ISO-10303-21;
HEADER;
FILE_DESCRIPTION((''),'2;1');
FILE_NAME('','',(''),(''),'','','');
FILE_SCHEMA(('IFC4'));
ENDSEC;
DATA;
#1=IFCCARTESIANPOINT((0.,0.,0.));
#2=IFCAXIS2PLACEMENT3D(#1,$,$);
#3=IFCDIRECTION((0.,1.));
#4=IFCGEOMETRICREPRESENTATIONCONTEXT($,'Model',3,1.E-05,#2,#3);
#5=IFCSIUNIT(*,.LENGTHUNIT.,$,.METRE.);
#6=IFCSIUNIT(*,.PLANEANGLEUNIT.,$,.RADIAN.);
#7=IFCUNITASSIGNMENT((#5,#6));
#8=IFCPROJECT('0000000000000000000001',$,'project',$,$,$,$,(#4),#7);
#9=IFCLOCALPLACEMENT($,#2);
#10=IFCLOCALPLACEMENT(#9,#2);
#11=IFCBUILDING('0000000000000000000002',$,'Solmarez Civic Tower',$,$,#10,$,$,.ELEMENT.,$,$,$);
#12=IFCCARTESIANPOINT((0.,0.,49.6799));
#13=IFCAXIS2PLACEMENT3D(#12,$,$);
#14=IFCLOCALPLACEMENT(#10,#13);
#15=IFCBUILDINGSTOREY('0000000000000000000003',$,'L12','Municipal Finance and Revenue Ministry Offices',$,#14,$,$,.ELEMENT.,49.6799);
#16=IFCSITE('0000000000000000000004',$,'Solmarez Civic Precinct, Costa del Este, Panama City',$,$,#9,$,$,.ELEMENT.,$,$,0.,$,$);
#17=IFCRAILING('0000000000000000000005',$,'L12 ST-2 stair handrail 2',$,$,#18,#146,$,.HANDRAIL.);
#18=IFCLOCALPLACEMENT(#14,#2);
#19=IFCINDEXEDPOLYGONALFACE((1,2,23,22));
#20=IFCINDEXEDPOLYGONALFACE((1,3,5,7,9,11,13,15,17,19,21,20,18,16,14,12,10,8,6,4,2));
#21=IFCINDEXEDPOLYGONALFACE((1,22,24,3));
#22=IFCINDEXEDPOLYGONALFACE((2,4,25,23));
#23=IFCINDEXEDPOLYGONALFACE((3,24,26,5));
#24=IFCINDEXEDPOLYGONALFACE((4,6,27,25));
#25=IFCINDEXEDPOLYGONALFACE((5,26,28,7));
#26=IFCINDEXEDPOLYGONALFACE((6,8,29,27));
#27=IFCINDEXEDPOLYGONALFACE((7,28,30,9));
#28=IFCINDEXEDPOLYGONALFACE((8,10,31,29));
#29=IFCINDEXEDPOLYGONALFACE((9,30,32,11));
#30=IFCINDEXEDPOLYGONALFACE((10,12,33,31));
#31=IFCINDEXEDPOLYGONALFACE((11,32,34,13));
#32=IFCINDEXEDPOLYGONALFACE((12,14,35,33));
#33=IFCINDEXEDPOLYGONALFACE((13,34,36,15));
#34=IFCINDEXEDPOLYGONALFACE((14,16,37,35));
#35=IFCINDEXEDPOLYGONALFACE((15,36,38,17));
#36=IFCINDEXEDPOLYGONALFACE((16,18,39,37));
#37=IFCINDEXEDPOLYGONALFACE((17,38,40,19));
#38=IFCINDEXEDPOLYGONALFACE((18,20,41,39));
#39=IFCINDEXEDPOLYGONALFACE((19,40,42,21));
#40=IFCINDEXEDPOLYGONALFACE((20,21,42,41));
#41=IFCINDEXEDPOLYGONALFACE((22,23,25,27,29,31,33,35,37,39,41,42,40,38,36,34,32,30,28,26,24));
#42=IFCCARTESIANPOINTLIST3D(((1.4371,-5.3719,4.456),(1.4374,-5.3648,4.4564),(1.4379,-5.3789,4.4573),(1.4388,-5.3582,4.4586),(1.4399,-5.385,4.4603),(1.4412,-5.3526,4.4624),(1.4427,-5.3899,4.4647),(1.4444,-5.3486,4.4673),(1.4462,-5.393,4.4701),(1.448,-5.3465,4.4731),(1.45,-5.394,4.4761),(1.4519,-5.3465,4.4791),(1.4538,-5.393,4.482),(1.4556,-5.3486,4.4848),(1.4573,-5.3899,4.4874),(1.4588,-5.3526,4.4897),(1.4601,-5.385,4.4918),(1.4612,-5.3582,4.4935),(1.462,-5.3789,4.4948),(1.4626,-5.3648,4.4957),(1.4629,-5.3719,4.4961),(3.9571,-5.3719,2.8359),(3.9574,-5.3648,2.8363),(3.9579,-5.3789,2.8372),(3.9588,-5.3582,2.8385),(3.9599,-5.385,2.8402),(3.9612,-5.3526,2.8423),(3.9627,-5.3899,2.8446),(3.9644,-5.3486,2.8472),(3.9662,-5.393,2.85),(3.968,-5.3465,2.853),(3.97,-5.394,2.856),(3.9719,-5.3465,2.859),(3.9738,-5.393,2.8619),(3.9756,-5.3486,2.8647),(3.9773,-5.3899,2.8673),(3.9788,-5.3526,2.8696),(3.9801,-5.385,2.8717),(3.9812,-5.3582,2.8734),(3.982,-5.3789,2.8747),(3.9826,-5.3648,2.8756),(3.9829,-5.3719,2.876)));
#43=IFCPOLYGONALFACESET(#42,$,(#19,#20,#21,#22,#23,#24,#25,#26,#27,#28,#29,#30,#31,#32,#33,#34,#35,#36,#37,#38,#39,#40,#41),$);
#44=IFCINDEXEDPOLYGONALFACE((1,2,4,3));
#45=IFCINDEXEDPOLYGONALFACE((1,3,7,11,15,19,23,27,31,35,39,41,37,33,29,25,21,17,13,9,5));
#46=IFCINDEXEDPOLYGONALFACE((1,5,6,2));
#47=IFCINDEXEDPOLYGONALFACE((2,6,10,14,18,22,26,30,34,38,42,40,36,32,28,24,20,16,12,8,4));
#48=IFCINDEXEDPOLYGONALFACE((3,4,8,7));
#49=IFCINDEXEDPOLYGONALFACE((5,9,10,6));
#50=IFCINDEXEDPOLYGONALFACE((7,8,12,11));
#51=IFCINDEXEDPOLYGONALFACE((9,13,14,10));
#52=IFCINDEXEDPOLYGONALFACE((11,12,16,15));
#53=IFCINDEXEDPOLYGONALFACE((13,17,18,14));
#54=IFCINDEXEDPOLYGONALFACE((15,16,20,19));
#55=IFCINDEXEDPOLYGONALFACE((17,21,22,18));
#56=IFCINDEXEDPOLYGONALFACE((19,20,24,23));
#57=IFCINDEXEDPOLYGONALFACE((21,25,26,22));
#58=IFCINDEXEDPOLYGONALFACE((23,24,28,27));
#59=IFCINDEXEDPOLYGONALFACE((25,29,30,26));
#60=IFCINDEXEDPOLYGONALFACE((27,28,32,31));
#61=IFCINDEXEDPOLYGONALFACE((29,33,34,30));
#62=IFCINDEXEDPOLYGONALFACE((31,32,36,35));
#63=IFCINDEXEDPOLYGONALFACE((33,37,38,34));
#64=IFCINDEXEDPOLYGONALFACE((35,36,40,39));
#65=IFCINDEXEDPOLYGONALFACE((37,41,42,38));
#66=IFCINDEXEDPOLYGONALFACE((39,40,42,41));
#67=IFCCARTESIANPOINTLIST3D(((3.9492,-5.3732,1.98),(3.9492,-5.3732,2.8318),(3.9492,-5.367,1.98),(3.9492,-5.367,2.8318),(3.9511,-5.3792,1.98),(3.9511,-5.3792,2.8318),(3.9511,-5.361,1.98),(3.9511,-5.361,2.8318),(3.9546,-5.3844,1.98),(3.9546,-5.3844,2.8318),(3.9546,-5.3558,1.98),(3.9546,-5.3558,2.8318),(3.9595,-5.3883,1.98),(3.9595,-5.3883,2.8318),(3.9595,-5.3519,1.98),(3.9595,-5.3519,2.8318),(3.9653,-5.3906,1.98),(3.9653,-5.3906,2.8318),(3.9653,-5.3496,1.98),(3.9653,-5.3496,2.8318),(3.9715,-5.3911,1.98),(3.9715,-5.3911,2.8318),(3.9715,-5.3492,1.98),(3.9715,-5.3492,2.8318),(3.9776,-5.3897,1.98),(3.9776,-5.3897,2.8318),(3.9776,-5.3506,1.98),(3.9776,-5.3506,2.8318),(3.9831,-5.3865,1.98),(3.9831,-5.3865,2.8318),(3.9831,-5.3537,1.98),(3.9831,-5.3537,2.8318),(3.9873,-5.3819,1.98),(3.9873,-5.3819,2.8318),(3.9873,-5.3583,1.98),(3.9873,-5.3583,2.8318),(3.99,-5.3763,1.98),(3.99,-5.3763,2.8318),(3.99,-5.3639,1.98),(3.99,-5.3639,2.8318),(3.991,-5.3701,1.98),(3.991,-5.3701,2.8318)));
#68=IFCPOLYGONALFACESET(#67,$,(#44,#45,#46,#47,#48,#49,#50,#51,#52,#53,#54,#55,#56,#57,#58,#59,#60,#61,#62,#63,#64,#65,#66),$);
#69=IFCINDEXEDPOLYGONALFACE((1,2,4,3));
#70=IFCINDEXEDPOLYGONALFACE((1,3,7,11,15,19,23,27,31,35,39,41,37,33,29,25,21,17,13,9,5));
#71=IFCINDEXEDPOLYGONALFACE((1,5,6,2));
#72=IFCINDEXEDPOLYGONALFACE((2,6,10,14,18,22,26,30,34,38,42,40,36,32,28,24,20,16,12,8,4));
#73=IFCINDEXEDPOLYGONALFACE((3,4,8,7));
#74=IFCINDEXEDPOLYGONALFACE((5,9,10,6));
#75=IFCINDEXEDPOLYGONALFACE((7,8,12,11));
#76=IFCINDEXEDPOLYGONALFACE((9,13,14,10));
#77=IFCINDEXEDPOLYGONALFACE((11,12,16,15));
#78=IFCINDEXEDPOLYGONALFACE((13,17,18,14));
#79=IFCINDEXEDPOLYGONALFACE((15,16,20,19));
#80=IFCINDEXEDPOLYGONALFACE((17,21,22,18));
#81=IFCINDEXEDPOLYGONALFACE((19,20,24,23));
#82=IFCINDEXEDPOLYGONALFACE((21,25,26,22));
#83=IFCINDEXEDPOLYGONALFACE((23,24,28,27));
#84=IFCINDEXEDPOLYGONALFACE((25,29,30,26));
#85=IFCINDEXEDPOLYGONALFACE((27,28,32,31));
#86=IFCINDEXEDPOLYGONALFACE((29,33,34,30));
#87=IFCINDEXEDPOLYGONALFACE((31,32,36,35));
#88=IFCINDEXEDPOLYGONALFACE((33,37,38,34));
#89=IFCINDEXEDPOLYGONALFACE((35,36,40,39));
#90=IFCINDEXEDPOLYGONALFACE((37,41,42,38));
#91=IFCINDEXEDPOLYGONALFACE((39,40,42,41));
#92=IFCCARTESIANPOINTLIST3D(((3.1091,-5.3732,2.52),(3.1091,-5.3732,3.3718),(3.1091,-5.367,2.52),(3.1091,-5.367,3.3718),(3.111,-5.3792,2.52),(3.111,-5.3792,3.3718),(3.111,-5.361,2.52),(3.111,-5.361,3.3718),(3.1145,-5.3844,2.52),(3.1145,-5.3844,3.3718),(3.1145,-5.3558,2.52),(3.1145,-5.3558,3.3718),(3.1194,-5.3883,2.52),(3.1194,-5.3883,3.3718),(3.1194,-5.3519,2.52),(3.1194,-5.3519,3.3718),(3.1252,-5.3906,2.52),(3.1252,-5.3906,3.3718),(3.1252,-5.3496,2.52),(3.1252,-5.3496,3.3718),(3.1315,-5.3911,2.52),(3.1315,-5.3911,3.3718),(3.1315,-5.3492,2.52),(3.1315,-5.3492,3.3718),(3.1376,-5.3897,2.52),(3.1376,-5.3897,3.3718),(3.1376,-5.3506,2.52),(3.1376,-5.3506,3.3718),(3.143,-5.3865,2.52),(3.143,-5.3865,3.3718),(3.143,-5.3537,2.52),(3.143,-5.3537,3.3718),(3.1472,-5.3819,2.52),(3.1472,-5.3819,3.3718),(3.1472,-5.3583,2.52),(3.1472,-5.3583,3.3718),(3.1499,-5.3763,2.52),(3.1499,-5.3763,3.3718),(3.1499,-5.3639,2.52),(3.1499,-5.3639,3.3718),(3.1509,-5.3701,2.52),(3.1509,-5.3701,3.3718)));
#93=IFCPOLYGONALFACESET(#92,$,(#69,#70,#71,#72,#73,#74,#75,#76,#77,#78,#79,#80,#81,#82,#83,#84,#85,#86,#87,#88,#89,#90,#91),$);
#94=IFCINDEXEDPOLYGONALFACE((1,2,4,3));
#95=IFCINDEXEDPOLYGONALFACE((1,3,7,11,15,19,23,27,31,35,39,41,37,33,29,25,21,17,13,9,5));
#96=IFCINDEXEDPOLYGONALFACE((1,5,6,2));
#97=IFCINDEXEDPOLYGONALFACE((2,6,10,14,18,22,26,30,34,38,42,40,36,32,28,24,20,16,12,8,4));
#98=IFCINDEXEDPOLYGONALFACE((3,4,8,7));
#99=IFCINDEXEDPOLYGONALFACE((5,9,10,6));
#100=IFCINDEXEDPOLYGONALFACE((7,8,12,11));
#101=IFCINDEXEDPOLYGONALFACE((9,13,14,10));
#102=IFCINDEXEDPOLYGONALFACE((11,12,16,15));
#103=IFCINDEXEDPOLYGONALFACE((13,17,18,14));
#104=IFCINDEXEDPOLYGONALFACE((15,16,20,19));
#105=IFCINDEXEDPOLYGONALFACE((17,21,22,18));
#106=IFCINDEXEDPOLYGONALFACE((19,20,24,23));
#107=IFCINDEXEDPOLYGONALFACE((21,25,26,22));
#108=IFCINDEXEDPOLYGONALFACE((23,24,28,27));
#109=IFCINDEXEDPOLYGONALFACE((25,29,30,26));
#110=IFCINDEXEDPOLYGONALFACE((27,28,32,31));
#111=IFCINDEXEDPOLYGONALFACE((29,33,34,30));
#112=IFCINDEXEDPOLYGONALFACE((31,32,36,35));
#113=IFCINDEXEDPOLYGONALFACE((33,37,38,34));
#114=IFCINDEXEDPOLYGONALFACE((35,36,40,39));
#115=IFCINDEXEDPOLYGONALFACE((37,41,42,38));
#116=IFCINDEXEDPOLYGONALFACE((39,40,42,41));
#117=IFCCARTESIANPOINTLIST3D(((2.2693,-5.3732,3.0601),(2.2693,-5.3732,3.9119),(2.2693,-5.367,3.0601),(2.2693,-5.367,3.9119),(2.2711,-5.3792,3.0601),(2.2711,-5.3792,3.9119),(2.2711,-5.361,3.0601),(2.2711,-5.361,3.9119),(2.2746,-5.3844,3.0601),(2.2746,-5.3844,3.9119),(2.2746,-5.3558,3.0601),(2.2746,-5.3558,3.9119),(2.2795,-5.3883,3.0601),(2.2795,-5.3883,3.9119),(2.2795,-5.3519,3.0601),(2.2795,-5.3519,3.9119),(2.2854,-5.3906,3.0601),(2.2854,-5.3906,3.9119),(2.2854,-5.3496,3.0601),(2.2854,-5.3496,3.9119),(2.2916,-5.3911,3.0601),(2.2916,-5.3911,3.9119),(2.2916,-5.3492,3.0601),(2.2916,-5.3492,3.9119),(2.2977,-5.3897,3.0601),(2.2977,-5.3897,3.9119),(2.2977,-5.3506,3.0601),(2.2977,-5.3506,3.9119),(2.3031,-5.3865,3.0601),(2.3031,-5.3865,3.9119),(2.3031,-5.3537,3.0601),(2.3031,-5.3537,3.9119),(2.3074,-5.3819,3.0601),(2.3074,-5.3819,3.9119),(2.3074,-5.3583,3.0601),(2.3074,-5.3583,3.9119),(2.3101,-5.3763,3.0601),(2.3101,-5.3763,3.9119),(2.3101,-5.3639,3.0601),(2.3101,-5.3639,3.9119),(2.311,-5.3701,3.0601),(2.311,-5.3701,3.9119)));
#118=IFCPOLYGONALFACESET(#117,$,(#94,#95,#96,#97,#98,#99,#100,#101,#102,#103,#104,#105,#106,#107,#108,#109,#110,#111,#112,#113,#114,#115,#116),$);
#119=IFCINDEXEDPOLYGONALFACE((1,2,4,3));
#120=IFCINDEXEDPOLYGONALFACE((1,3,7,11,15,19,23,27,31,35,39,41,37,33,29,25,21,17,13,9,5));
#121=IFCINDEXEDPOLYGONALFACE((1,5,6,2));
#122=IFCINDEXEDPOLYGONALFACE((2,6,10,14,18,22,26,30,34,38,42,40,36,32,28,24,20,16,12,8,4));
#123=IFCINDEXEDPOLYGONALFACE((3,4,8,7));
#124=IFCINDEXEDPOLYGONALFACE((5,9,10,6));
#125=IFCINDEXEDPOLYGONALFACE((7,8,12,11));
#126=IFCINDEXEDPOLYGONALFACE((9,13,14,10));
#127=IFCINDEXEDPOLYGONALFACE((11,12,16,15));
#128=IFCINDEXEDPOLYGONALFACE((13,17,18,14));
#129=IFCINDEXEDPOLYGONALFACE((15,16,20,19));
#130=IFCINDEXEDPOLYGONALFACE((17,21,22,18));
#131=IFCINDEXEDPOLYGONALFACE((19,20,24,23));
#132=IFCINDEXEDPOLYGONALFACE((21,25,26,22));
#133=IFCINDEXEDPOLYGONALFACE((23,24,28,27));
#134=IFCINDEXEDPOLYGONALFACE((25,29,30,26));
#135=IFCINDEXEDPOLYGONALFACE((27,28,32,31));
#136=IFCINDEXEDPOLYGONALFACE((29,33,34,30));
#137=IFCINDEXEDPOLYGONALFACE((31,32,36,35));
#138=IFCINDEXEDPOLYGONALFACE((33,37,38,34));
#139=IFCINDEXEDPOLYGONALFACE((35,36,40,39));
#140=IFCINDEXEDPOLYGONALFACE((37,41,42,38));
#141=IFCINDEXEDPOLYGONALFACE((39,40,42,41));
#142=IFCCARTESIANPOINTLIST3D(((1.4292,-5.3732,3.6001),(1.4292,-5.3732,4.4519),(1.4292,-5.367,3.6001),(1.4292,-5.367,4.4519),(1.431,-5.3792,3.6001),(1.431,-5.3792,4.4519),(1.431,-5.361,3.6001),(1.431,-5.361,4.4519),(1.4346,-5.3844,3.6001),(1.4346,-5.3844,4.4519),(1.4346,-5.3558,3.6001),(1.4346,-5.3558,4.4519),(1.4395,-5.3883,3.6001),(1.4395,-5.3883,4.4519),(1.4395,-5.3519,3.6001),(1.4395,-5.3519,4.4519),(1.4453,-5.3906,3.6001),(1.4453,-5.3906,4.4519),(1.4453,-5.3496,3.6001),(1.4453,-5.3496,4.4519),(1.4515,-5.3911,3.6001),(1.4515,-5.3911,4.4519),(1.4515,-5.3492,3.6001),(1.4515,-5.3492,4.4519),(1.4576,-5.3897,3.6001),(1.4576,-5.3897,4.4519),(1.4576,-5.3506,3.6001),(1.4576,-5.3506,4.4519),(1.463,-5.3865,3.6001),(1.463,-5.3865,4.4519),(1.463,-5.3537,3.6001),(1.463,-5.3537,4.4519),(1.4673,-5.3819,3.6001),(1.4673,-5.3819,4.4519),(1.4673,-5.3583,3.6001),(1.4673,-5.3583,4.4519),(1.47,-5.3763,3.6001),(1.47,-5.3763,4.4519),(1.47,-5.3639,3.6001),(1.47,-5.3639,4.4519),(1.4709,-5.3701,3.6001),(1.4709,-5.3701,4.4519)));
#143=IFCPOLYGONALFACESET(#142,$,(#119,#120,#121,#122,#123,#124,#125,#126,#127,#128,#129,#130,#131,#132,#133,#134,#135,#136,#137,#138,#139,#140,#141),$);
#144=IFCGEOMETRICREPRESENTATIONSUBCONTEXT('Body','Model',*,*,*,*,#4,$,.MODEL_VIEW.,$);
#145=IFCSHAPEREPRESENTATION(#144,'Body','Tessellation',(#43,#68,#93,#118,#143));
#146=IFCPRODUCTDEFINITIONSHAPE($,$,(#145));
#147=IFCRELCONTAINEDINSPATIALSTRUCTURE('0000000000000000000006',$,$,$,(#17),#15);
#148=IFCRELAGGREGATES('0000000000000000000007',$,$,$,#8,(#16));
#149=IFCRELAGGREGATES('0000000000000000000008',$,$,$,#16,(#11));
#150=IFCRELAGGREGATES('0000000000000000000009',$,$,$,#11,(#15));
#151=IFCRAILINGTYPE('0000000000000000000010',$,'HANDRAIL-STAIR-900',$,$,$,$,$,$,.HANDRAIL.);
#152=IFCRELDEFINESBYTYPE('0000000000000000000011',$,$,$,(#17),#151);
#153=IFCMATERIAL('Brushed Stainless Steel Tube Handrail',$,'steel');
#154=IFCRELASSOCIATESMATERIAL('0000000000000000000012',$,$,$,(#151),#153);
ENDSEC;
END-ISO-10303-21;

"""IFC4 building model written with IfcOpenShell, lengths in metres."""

from ifc_helpers import new_model, si_unit, direction, frame, origin, origin_2d, place, context, subcontext, project, spatial, circle, extrude, material, type_object, element, save


model = new_model("IFC4")

# Units and contexts
model_context = context("Model", 3, precision=1e-05, world=origin(), true_north=direction((0.0, 1.0)))
body_context = subcontext(model_context, "Body", "Model", "MODEL_VIEW")
ifc_project = project(units=[si_unit("LENGTHUNIT", "METRE"), si_unit("PLANEANGLEUNIT", "RADIAN")], contexts=[model_context])

# Site, building, storey
site_placement = place(None, origin())
site = spatial("IfcSite", under=ifc_project, at=site_placement, Name="Solmarez Civic Precinct, Costa del Este, Panama City", CompositionType="ELEMENT", RefElevation=0.0)
building_placement = place(site_placement, origin())
building = spatial("IfcBuilding", under=site, at=building_placement, Name="Solmarez Civic Tower", CompositionType="ELEMENT")
storey_placement = place(building_placement, frame((0.0, 0.0, 49.6799)))
storey = spatial("IfcBuildingStorey", under=building, at=storey_placement, Name="L12", Description="Municipal Finance and Revenue Ministry Offices", CompositionType="ELEMENT", Elevation=49.6799)

# Railing
ifc_material_1 = material(Name="Brushed Stainless Steel Tube Handrail", Category="steel")
railing_type_1 = type_object("IfcRailingType", Name="HANDRAIL-STAIR-900", PredefinedType="HANDRAIL", material=ifc_material_1)
railing_1_placement = place(storey_placement, frame((3.97, -5.3701, 1.98)))
element("IfcRailing", 1, at=railing_1_placement, inside=storey, type_object=railing_type_1, Name="L12 ST-2 stair handrail 2", PredefinedType="HANDRAIL", context=body_context, shape_type="SweptSolid", body=[
    extrude(circle(Radius=0.0239, at=origin_2d()), frame((0.0, 0.0, 0.876), z_axis=(-0.841163, 0.0, 0.540782), x_axis=(0.0, -1.0, 0.0)), (0.0, 0.0, 1.0), 2.9958),
    extrude(circle(Radius=0.021, at=origin_2d()), origin(), (0.0, 0.0, 1.0), 0.8518),
    extrude(circle(Radius=0.021, at=origin_2d()), frame((-0.8401, 0.0, 0.54)), (0.0, 0.0, 1.0), 0.8518),
    extrude(circle(Radius=0.021, at=origin_2d()), frame((-1.6799, 0.0, 1.0801)), (0.0, 0.0, 1.0), 0.8518),
    extrude(circle(Radius=0.021, at=origin_2d()), frame((-2.52, 0.0, 1.6201)), (0.0, 0.0, 1.0), 0.8518),
])

save(model, "model.ifc")
